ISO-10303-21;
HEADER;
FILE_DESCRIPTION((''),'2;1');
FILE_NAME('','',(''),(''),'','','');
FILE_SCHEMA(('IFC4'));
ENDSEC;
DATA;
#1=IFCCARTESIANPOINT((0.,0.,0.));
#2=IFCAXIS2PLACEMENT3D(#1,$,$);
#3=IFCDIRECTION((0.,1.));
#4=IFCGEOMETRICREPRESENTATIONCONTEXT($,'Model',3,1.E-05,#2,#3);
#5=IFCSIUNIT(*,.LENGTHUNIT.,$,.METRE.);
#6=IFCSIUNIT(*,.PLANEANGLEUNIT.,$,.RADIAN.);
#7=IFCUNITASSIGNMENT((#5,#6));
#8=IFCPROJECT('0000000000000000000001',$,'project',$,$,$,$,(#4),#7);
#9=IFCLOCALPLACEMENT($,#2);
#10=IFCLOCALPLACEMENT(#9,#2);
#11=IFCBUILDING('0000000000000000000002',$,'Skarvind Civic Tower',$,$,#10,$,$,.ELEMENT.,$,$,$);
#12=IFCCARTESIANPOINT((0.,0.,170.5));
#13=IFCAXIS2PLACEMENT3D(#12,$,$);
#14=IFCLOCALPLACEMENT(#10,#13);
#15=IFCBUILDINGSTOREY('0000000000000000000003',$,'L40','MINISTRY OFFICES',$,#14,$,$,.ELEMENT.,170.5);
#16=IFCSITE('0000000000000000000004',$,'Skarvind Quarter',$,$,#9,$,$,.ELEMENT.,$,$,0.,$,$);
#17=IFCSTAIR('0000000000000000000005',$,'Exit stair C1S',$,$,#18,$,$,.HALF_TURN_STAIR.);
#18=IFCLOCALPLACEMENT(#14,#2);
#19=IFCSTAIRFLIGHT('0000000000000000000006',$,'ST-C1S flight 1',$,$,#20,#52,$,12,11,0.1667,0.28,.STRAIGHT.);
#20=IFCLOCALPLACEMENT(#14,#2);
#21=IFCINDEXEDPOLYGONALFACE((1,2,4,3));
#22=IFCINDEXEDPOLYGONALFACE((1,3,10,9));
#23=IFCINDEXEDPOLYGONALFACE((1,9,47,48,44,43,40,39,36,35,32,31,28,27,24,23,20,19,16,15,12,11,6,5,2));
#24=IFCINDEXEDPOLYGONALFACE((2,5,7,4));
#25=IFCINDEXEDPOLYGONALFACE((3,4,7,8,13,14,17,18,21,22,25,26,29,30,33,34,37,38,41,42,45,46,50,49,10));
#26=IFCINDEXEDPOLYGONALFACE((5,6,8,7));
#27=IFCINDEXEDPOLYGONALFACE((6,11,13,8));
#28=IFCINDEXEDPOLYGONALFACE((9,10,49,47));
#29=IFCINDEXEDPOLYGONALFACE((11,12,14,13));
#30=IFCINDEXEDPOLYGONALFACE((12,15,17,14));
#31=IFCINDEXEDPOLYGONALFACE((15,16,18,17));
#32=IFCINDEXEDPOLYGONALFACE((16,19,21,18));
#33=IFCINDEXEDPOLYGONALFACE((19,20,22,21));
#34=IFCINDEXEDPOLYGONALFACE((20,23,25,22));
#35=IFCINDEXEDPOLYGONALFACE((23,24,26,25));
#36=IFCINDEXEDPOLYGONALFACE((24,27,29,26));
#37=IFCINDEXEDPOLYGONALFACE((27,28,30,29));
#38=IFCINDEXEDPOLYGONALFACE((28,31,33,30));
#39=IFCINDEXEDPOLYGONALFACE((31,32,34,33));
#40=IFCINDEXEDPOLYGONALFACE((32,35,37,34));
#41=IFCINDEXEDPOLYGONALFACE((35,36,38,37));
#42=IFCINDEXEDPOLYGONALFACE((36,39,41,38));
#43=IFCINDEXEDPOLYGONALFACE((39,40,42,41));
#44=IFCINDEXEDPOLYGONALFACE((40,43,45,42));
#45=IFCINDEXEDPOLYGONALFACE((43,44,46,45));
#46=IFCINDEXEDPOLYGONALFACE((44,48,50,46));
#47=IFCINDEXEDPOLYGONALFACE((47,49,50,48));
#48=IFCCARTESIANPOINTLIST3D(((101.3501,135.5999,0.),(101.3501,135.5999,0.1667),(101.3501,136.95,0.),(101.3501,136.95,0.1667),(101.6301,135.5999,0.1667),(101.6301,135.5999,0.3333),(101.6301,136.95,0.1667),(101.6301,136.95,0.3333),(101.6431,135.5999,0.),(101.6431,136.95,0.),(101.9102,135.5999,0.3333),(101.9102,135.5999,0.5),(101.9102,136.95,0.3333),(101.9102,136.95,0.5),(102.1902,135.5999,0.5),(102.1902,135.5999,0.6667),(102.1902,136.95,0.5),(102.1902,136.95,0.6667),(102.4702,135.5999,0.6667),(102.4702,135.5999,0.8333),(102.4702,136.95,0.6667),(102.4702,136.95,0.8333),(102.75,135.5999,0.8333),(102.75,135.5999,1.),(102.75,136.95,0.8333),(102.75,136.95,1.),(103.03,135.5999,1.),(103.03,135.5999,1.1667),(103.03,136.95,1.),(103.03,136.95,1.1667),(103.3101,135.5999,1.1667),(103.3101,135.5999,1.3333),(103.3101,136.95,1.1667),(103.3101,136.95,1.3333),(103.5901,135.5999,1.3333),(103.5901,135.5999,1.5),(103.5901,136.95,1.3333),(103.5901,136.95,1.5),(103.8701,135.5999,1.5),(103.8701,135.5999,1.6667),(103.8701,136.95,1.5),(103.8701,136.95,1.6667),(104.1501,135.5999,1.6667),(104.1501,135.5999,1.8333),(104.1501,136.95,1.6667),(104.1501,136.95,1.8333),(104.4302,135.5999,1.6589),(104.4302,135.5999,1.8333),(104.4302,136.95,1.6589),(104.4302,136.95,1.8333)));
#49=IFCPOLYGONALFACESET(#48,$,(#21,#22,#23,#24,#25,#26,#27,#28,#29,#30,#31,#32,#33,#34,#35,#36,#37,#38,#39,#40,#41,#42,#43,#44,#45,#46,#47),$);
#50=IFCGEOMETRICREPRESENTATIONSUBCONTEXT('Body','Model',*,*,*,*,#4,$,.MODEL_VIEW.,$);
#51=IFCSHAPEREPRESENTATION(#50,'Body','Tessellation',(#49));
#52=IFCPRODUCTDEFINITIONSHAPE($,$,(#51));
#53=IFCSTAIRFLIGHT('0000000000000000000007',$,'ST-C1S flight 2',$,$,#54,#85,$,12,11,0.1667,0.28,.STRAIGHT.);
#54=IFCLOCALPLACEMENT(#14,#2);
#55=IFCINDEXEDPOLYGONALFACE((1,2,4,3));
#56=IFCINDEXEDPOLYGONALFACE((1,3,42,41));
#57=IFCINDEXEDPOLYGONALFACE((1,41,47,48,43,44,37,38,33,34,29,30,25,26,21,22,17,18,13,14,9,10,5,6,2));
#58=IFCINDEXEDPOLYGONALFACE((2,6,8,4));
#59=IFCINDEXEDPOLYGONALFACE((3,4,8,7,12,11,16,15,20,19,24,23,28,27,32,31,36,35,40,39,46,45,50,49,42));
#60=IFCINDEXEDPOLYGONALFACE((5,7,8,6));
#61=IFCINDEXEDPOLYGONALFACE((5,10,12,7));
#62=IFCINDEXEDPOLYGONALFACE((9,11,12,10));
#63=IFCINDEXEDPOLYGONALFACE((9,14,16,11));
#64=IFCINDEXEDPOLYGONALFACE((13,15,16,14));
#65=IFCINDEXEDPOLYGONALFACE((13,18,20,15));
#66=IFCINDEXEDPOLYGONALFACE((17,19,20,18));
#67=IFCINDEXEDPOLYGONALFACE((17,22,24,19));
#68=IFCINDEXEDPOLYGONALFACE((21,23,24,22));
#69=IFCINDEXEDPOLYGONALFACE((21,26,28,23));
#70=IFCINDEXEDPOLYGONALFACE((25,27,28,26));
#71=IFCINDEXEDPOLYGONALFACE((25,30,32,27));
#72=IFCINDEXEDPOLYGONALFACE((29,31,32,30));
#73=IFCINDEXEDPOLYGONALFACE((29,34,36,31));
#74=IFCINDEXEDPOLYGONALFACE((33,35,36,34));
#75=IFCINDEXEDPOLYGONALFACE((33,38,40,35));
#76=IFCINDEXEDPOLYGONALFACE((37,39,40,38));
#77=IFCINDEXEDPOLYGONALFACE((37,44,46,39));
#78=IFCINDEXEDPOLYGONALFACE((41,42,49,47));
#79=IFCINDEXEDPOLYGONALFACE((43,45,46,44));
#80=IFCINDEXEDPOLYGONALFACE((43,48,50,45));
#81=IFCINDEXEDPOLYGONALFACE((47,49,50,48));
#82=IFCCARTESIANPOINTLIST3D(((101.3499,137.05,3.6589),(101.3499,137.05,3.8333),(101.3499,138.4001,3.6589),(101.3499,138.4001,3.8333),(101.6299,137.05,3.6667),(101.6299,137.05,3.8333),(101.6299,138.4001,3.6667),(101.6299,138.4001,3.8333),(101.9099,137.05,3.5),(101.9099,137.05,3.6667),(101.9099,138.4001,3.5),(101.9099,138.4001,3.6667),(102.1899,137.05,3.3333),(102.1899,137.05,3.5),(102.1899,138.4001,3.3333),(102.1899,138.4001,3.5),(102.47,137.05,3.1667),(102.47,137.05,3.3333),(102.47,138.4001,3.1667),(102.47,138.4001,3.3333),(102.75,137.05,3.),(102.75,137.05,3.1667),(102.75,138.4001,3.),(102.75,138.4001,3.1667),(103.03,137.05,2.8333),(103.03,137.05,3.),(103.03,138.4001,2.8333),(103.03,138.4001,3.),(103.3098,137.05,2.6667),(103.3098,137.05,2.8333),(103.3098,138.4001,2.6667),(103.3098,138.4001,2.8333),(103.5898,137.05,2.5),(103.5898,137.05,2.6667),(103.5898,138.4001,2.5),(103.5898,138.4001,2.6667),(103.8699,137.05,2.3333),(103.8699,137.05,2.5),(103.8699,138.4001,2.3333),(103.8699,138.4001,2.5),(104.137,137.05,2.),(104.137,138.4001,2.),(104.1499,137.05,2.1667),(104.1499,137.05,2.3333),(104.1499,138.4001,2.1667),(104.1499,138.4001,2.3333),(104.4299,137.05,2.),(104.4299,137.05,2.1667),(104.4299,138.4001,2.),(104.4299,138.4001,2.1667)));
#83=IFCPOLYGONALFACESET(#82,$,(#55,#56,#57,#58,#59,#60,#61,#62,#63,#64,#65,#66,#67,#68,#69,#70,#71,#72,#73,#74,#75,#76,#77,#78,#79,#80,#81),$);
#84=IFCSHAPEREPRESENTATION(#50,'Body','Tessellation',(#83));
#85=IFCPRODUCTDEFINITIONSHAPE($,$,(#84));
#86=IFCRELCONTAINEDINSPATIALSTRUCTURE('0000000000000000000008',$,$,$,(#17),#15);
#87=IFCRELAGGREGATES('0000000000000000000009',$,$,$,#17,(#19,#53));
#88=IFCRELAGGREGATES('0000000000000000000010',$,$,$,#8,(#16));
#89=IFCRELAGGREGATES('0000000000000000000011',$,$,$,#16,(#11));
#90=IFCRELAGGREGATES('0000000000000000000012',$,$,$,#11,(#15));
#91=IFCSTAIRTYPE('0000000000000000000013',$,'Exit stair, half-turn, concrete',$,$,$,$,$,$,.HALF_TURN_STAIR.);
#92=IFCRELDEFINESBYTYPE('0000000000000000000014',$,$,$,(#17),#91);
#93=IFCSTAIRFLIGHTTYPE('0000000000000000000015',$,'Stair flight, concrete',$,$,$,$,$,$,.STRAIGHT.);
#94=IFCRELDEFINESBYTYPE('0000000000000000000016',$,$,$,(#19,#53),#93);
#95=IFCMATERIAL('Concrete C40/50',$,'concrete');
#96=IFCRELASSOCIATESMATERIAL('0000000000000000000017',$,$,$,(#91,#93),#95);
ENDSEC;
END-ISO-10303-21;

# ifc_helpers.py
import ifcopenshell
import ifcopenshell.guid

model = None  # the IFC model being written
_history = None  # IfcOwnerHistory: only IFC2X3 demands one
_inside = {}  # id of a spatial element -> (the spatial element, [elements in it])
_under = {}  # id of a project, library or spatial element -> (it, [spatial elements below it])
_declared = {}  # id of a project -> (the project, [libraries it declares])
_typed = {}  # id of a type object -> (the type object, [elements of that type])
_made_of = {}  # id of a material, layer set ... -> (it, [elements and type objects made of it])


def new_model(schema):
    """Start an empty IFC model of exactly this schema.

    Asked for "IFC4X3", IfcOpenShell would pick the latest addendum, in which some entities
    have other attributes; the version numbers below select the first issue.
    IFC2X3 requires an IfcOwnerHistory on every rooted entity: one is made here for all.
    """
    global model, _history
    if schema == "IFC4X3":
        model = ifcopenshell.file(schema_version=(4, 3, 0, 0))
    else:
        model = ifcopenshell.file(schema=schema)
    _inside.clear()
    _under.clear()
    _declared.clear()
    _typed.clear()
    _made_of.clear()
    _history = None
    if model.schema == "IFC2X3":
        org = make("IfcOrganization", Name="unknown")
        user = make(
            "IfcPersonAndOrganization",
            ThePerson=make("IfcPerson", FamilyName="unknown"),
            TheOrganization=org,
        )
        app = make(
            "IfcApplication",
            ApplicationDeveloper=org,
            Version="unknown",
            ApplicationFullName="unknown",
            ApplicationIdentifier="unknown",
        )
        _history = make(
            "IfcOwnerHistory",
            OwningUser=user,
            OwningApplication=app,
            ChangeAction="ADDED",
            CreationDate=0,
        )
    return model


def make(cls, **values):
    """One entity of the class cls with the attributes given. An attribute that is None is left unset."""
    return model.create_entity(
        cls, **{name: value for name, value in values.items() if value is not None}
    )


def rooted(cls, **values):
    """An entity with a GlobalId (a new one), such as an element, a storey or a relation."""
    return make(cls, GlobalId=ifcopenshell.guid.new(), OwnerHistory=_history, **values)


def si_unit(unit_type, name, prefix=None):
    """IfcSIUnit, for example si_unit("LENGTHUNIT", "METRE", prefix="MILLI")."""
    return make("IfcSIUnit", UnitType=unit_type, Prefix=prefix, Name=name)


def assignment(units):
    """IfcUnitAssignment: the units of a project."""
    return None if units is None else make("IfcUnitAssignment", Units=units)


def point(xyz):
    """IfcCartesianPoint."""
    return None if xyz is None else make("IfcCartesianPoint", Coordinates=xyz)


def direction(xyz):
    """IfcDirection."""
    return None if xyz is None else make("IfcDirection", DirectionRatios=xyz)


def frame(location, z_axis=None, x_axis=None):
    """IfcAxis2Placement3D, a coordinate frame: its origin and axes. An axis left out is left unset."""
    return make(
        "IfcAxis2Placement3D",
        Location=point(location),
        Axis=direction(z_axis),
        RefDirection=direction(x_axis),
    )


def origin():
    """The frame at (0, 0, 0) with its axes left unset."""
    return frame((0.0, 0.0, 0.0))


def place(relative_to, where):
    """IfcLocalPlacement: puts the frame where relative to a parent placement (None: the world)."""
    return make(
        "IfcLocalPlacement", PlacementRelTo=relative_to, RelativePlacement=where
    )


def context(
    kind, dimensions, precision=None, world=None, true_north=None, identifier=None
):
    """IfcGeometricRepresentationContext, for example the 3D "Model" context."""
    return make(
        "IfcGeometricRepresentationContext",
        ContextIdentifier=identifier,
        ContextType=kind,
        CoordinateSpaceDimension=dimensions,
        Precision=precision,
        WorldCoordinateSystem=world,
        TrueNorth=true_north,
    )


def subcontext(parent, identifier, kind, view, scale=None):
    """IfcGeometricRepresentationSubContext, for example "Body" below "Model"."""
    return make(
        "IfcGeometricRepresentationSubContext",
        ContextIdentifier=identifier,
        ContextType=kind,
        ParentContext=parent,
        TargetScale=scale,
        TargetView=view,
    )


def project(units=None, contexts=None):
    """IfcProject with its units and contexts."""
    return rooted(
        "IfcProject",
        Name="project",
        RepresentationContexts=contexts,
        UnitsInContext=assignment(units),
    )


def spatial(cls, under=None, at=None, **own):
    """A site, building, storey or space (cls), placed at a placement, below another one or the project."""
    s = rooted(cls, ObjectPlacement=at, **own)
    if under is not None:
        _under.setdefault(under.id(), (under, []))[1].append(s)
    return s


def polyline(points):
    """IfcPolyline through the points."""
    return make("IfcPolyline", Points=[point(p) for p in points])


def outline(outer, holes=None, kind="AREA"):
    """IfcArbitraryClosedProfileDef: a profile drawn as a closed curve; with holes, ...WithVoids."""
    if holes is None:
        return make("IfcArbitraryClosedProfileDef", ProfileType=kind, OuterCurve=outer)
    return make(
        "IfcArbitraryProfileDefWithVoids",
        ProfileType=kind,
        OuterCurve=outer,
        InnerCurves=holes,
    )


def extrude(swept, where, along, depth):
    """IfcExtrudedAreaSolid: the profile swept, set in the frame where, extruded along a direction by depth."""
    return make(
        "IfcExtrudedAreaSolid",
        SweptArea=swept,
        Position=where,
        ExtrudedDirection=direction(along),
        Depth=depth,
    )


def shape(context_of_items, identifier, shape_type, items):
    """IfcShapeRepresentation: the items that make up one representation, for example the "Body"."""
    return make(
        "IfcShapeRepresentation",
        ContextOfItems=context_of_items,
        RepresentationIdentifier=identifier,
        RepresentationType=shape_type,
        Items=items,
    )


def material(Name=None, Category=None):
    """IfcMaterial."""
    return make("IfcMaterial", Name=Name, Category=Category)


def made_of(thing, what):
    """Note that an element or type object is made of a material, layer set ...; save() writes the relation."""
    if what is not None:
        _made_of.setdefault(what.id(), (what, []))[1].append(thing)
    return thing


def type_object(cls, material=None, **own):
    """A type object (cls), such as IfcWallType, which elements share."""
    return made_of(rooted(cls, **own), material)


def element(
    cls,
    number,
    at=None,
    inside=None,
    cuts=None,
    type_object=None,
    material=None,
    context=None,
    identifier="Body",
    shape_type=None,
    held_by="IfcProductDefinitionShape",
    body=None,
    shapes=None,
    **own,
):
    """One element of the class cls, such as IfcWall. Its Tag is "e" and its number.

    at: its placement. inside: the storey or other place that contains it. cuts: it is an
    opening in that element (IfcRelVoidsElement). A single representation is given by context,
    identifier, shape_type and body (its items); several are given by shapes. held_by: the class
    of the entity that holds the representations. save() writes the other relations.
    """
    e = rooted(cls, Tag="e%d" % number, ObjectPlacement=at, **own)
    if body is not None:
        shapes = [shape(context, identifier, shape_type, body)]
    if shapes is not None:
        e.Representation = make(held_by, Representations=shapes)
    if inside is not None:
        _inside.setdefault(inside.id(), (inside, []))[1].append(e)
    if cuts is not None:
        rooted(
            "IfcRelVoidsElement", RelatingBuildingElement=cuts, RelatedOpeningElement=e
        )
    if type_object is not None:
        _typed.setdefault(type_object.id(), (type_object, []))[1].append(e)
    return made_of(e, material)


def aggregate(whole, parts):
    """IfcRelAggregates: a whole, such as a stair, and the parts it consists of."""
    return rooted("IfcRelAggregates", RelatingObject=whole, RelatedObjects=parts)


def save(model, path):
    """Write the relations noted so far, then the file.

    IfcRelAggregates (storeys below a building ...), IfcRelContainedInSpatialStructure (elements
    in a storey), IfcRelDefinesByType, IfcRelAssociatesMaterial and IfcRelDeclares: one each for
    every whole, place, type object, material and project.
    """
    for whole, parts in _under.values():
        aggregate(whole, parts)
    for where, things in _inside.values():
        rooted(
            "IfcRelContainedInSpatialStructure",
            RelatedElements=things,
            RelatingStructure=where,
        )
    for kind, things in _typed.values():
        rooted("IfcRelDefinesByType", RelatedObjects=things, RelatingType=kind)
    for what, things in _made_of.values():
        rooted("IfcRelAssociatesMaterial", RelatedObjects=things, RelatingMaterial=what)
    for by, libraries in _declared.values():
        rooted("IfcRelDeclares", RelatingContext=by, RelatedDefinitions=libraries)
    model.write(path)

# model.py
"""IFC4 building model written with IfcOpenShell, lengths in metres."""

from ifc_helpers import new_model, si_unit, direction, frame, origin, place, context, subcontext, project, spatial, polyline, outline, extrude, material, type_object, element, aggregate, save


model = new_model("IFC4")

# Units and contexts
model_context = context("Model", 3, precision=1e-05, world=origin(), true_north=direction((0.0, 1.0)))
body_context = subcontext(model_context, "Body", "Model", "MODEL_VIEW")
ifc_project = project(units=[si_unit("LENGTHUNIT", "METRE"), si_unit("PLANEANGLEUNIT", "RADIAN")], contexts=[model_context])

# Site, building, storey
site_placement = place(None, origin())
site = spatial("IfcSite", under=ifc_project, at=site_placement, Name="Skarvind Quarter", CompositionType="ELEMENT", RefElevation=0.0)
building_placement = place(site_placement, origin())
building = spatial("IfcBuilding", under=site, at=building_placement, Name="Skarvind Civic Tower", CompositionType="ELEMENT")
storey_placement = place(building_placement, frame((0.0, 0.0, 170.5)))
storey = spatial("IfcBuildingStorey", under=building, at=storey_placement, Name="L40", Description="MINISTRY OFFICES", CompositionType="ELEMENT", Elevation=170.5)

# Stair, stair flights
ifc_material_1 = material(Name="Concrete C40/50", Category="concrete")
stair_type = type_object("IfcStairType", Name="Exit stair, half-turn, concrete", PredefinedType="HALF_TURN_STAIR", material=ifc_material_1)
stair_placement = place(storey_placement, origin())
stair = element("IfcStair", 1, at=stair_placement, inside=storey, type_object=stair_type, Name="Exit stair C1S", PredefinedType="HALF_TURN_STAIR")
stair_flight_type = type_object("IfcStairFlightType", Name="Stair flight, concrete", PredefinedType="STRAIGHT", material=ifc_material_1)
stair_flight_1_placement = place(storey_placement, frame((101.3501, 136.2749, 0.0), z_axis=(0.0, 0.0, 1.0), x_axis=(1.0, 0.0, 0.0)))
stair_flight_1 = element("IfcStairFlight", 2, at=stair_flight_1_placement, type_object=stair_flight_type, Name="ST-C1S flight 1", NumberOfRisers=12, NumberOfTreads=11, PredefinedType="STRAIGHT", RiserHeight=0.1667, TreadLength=0.28, context=body_context, shape_type="SweptSolid", body=[
    extrude(outline(polyline([(0.0, 0.0), (0.0, 0.1667), (0.28, 0.1667), (0.28, 0.3333), (0.5601, 0.3333), (0.5601, 0.5), (0.8401, 0.5), (0.8401, 0.6667), (1.1201, 0.6667), (1.1201, 0.8333), (1.3999, 0.8333), (1.3999, 1.0), (1.6799, 1.0), (1.6799, 1.1667), (1.96, 1.1667), (1.96, 1.3333), (2.24, 1.3333), (2.24, 1.5), (2.52, 1.5), (2.52, 1.6667), (2.8, 1.6667), (2.8, 1.8333), (3.0801, 1.8333), (3.0801, 2.0), (3.0801, 1.6589), (0.293, 0.0), (0.0, 0.0)])), frame((0.0, 0.675, 0.0), z_axis=(0.0, -1.0, 0.0), x_axis=(1.0, 0.0, 0.0)), (0.0, 0.0, 1.0), 1.3501),
])
stair_flight_2_placement = place(storey_placement, frame((104.4299, 137.7251, 2.0), z_axis=(0.0, 0.0, 1.0), x_axis=(-1.0, 0.0, 0.0)))
stair_flight_2 = element("IfcStairFlight", 3, at=stair_flight_2_placement, type_object=stair_flight_type, Name="ST-C1S flight 2", NumberOfRisers=12, NumberOfTreads=11, PredefinedType="STRAIGHT", RiserHeight=0.1667, TreadLength=0.28, context=body_context, shape_type="SweptSolid", body=[
    extrude(outline(polyline([(0.0, 0.0), (0.0, 0.1667), (0.28, 0.1667), (0.28, 0.3333), (0.5601, 0.3333), (0.5601, 0.5), (0.8401, 0.5), (0.8401, 0.6667), (1.1201, 0.6667), (1.1201, 0.8333), (1.3999, 0.8333), (1.3999, 1.0), (1.6799, 1.0), (1.6799, 1.1667), (1.96, 1.1667), (1.96, 1.3333), (2.24, 1.3333), (2.24, 1.5), (2.52, 1.5), (2.52, 1.6667), (2.8, 1.6667), (2.8, 1.8333), (3.0801, 1.8333), (3.0801, 2.0), (3.0801, 1.6589), (0.293, 0.0), (0.0, 0.0)])), frame((0.0, 0.675, 0.0), z_axis=(0.0, -1.0, 0.0), x_axis=(1.0, 0.0, 0.0)), (0.0, 0.0, 1.0), 1.3501),
])
aggregate(stair, [stair_flight_1, stair_flight_2])

save(model, "model.ifc")
